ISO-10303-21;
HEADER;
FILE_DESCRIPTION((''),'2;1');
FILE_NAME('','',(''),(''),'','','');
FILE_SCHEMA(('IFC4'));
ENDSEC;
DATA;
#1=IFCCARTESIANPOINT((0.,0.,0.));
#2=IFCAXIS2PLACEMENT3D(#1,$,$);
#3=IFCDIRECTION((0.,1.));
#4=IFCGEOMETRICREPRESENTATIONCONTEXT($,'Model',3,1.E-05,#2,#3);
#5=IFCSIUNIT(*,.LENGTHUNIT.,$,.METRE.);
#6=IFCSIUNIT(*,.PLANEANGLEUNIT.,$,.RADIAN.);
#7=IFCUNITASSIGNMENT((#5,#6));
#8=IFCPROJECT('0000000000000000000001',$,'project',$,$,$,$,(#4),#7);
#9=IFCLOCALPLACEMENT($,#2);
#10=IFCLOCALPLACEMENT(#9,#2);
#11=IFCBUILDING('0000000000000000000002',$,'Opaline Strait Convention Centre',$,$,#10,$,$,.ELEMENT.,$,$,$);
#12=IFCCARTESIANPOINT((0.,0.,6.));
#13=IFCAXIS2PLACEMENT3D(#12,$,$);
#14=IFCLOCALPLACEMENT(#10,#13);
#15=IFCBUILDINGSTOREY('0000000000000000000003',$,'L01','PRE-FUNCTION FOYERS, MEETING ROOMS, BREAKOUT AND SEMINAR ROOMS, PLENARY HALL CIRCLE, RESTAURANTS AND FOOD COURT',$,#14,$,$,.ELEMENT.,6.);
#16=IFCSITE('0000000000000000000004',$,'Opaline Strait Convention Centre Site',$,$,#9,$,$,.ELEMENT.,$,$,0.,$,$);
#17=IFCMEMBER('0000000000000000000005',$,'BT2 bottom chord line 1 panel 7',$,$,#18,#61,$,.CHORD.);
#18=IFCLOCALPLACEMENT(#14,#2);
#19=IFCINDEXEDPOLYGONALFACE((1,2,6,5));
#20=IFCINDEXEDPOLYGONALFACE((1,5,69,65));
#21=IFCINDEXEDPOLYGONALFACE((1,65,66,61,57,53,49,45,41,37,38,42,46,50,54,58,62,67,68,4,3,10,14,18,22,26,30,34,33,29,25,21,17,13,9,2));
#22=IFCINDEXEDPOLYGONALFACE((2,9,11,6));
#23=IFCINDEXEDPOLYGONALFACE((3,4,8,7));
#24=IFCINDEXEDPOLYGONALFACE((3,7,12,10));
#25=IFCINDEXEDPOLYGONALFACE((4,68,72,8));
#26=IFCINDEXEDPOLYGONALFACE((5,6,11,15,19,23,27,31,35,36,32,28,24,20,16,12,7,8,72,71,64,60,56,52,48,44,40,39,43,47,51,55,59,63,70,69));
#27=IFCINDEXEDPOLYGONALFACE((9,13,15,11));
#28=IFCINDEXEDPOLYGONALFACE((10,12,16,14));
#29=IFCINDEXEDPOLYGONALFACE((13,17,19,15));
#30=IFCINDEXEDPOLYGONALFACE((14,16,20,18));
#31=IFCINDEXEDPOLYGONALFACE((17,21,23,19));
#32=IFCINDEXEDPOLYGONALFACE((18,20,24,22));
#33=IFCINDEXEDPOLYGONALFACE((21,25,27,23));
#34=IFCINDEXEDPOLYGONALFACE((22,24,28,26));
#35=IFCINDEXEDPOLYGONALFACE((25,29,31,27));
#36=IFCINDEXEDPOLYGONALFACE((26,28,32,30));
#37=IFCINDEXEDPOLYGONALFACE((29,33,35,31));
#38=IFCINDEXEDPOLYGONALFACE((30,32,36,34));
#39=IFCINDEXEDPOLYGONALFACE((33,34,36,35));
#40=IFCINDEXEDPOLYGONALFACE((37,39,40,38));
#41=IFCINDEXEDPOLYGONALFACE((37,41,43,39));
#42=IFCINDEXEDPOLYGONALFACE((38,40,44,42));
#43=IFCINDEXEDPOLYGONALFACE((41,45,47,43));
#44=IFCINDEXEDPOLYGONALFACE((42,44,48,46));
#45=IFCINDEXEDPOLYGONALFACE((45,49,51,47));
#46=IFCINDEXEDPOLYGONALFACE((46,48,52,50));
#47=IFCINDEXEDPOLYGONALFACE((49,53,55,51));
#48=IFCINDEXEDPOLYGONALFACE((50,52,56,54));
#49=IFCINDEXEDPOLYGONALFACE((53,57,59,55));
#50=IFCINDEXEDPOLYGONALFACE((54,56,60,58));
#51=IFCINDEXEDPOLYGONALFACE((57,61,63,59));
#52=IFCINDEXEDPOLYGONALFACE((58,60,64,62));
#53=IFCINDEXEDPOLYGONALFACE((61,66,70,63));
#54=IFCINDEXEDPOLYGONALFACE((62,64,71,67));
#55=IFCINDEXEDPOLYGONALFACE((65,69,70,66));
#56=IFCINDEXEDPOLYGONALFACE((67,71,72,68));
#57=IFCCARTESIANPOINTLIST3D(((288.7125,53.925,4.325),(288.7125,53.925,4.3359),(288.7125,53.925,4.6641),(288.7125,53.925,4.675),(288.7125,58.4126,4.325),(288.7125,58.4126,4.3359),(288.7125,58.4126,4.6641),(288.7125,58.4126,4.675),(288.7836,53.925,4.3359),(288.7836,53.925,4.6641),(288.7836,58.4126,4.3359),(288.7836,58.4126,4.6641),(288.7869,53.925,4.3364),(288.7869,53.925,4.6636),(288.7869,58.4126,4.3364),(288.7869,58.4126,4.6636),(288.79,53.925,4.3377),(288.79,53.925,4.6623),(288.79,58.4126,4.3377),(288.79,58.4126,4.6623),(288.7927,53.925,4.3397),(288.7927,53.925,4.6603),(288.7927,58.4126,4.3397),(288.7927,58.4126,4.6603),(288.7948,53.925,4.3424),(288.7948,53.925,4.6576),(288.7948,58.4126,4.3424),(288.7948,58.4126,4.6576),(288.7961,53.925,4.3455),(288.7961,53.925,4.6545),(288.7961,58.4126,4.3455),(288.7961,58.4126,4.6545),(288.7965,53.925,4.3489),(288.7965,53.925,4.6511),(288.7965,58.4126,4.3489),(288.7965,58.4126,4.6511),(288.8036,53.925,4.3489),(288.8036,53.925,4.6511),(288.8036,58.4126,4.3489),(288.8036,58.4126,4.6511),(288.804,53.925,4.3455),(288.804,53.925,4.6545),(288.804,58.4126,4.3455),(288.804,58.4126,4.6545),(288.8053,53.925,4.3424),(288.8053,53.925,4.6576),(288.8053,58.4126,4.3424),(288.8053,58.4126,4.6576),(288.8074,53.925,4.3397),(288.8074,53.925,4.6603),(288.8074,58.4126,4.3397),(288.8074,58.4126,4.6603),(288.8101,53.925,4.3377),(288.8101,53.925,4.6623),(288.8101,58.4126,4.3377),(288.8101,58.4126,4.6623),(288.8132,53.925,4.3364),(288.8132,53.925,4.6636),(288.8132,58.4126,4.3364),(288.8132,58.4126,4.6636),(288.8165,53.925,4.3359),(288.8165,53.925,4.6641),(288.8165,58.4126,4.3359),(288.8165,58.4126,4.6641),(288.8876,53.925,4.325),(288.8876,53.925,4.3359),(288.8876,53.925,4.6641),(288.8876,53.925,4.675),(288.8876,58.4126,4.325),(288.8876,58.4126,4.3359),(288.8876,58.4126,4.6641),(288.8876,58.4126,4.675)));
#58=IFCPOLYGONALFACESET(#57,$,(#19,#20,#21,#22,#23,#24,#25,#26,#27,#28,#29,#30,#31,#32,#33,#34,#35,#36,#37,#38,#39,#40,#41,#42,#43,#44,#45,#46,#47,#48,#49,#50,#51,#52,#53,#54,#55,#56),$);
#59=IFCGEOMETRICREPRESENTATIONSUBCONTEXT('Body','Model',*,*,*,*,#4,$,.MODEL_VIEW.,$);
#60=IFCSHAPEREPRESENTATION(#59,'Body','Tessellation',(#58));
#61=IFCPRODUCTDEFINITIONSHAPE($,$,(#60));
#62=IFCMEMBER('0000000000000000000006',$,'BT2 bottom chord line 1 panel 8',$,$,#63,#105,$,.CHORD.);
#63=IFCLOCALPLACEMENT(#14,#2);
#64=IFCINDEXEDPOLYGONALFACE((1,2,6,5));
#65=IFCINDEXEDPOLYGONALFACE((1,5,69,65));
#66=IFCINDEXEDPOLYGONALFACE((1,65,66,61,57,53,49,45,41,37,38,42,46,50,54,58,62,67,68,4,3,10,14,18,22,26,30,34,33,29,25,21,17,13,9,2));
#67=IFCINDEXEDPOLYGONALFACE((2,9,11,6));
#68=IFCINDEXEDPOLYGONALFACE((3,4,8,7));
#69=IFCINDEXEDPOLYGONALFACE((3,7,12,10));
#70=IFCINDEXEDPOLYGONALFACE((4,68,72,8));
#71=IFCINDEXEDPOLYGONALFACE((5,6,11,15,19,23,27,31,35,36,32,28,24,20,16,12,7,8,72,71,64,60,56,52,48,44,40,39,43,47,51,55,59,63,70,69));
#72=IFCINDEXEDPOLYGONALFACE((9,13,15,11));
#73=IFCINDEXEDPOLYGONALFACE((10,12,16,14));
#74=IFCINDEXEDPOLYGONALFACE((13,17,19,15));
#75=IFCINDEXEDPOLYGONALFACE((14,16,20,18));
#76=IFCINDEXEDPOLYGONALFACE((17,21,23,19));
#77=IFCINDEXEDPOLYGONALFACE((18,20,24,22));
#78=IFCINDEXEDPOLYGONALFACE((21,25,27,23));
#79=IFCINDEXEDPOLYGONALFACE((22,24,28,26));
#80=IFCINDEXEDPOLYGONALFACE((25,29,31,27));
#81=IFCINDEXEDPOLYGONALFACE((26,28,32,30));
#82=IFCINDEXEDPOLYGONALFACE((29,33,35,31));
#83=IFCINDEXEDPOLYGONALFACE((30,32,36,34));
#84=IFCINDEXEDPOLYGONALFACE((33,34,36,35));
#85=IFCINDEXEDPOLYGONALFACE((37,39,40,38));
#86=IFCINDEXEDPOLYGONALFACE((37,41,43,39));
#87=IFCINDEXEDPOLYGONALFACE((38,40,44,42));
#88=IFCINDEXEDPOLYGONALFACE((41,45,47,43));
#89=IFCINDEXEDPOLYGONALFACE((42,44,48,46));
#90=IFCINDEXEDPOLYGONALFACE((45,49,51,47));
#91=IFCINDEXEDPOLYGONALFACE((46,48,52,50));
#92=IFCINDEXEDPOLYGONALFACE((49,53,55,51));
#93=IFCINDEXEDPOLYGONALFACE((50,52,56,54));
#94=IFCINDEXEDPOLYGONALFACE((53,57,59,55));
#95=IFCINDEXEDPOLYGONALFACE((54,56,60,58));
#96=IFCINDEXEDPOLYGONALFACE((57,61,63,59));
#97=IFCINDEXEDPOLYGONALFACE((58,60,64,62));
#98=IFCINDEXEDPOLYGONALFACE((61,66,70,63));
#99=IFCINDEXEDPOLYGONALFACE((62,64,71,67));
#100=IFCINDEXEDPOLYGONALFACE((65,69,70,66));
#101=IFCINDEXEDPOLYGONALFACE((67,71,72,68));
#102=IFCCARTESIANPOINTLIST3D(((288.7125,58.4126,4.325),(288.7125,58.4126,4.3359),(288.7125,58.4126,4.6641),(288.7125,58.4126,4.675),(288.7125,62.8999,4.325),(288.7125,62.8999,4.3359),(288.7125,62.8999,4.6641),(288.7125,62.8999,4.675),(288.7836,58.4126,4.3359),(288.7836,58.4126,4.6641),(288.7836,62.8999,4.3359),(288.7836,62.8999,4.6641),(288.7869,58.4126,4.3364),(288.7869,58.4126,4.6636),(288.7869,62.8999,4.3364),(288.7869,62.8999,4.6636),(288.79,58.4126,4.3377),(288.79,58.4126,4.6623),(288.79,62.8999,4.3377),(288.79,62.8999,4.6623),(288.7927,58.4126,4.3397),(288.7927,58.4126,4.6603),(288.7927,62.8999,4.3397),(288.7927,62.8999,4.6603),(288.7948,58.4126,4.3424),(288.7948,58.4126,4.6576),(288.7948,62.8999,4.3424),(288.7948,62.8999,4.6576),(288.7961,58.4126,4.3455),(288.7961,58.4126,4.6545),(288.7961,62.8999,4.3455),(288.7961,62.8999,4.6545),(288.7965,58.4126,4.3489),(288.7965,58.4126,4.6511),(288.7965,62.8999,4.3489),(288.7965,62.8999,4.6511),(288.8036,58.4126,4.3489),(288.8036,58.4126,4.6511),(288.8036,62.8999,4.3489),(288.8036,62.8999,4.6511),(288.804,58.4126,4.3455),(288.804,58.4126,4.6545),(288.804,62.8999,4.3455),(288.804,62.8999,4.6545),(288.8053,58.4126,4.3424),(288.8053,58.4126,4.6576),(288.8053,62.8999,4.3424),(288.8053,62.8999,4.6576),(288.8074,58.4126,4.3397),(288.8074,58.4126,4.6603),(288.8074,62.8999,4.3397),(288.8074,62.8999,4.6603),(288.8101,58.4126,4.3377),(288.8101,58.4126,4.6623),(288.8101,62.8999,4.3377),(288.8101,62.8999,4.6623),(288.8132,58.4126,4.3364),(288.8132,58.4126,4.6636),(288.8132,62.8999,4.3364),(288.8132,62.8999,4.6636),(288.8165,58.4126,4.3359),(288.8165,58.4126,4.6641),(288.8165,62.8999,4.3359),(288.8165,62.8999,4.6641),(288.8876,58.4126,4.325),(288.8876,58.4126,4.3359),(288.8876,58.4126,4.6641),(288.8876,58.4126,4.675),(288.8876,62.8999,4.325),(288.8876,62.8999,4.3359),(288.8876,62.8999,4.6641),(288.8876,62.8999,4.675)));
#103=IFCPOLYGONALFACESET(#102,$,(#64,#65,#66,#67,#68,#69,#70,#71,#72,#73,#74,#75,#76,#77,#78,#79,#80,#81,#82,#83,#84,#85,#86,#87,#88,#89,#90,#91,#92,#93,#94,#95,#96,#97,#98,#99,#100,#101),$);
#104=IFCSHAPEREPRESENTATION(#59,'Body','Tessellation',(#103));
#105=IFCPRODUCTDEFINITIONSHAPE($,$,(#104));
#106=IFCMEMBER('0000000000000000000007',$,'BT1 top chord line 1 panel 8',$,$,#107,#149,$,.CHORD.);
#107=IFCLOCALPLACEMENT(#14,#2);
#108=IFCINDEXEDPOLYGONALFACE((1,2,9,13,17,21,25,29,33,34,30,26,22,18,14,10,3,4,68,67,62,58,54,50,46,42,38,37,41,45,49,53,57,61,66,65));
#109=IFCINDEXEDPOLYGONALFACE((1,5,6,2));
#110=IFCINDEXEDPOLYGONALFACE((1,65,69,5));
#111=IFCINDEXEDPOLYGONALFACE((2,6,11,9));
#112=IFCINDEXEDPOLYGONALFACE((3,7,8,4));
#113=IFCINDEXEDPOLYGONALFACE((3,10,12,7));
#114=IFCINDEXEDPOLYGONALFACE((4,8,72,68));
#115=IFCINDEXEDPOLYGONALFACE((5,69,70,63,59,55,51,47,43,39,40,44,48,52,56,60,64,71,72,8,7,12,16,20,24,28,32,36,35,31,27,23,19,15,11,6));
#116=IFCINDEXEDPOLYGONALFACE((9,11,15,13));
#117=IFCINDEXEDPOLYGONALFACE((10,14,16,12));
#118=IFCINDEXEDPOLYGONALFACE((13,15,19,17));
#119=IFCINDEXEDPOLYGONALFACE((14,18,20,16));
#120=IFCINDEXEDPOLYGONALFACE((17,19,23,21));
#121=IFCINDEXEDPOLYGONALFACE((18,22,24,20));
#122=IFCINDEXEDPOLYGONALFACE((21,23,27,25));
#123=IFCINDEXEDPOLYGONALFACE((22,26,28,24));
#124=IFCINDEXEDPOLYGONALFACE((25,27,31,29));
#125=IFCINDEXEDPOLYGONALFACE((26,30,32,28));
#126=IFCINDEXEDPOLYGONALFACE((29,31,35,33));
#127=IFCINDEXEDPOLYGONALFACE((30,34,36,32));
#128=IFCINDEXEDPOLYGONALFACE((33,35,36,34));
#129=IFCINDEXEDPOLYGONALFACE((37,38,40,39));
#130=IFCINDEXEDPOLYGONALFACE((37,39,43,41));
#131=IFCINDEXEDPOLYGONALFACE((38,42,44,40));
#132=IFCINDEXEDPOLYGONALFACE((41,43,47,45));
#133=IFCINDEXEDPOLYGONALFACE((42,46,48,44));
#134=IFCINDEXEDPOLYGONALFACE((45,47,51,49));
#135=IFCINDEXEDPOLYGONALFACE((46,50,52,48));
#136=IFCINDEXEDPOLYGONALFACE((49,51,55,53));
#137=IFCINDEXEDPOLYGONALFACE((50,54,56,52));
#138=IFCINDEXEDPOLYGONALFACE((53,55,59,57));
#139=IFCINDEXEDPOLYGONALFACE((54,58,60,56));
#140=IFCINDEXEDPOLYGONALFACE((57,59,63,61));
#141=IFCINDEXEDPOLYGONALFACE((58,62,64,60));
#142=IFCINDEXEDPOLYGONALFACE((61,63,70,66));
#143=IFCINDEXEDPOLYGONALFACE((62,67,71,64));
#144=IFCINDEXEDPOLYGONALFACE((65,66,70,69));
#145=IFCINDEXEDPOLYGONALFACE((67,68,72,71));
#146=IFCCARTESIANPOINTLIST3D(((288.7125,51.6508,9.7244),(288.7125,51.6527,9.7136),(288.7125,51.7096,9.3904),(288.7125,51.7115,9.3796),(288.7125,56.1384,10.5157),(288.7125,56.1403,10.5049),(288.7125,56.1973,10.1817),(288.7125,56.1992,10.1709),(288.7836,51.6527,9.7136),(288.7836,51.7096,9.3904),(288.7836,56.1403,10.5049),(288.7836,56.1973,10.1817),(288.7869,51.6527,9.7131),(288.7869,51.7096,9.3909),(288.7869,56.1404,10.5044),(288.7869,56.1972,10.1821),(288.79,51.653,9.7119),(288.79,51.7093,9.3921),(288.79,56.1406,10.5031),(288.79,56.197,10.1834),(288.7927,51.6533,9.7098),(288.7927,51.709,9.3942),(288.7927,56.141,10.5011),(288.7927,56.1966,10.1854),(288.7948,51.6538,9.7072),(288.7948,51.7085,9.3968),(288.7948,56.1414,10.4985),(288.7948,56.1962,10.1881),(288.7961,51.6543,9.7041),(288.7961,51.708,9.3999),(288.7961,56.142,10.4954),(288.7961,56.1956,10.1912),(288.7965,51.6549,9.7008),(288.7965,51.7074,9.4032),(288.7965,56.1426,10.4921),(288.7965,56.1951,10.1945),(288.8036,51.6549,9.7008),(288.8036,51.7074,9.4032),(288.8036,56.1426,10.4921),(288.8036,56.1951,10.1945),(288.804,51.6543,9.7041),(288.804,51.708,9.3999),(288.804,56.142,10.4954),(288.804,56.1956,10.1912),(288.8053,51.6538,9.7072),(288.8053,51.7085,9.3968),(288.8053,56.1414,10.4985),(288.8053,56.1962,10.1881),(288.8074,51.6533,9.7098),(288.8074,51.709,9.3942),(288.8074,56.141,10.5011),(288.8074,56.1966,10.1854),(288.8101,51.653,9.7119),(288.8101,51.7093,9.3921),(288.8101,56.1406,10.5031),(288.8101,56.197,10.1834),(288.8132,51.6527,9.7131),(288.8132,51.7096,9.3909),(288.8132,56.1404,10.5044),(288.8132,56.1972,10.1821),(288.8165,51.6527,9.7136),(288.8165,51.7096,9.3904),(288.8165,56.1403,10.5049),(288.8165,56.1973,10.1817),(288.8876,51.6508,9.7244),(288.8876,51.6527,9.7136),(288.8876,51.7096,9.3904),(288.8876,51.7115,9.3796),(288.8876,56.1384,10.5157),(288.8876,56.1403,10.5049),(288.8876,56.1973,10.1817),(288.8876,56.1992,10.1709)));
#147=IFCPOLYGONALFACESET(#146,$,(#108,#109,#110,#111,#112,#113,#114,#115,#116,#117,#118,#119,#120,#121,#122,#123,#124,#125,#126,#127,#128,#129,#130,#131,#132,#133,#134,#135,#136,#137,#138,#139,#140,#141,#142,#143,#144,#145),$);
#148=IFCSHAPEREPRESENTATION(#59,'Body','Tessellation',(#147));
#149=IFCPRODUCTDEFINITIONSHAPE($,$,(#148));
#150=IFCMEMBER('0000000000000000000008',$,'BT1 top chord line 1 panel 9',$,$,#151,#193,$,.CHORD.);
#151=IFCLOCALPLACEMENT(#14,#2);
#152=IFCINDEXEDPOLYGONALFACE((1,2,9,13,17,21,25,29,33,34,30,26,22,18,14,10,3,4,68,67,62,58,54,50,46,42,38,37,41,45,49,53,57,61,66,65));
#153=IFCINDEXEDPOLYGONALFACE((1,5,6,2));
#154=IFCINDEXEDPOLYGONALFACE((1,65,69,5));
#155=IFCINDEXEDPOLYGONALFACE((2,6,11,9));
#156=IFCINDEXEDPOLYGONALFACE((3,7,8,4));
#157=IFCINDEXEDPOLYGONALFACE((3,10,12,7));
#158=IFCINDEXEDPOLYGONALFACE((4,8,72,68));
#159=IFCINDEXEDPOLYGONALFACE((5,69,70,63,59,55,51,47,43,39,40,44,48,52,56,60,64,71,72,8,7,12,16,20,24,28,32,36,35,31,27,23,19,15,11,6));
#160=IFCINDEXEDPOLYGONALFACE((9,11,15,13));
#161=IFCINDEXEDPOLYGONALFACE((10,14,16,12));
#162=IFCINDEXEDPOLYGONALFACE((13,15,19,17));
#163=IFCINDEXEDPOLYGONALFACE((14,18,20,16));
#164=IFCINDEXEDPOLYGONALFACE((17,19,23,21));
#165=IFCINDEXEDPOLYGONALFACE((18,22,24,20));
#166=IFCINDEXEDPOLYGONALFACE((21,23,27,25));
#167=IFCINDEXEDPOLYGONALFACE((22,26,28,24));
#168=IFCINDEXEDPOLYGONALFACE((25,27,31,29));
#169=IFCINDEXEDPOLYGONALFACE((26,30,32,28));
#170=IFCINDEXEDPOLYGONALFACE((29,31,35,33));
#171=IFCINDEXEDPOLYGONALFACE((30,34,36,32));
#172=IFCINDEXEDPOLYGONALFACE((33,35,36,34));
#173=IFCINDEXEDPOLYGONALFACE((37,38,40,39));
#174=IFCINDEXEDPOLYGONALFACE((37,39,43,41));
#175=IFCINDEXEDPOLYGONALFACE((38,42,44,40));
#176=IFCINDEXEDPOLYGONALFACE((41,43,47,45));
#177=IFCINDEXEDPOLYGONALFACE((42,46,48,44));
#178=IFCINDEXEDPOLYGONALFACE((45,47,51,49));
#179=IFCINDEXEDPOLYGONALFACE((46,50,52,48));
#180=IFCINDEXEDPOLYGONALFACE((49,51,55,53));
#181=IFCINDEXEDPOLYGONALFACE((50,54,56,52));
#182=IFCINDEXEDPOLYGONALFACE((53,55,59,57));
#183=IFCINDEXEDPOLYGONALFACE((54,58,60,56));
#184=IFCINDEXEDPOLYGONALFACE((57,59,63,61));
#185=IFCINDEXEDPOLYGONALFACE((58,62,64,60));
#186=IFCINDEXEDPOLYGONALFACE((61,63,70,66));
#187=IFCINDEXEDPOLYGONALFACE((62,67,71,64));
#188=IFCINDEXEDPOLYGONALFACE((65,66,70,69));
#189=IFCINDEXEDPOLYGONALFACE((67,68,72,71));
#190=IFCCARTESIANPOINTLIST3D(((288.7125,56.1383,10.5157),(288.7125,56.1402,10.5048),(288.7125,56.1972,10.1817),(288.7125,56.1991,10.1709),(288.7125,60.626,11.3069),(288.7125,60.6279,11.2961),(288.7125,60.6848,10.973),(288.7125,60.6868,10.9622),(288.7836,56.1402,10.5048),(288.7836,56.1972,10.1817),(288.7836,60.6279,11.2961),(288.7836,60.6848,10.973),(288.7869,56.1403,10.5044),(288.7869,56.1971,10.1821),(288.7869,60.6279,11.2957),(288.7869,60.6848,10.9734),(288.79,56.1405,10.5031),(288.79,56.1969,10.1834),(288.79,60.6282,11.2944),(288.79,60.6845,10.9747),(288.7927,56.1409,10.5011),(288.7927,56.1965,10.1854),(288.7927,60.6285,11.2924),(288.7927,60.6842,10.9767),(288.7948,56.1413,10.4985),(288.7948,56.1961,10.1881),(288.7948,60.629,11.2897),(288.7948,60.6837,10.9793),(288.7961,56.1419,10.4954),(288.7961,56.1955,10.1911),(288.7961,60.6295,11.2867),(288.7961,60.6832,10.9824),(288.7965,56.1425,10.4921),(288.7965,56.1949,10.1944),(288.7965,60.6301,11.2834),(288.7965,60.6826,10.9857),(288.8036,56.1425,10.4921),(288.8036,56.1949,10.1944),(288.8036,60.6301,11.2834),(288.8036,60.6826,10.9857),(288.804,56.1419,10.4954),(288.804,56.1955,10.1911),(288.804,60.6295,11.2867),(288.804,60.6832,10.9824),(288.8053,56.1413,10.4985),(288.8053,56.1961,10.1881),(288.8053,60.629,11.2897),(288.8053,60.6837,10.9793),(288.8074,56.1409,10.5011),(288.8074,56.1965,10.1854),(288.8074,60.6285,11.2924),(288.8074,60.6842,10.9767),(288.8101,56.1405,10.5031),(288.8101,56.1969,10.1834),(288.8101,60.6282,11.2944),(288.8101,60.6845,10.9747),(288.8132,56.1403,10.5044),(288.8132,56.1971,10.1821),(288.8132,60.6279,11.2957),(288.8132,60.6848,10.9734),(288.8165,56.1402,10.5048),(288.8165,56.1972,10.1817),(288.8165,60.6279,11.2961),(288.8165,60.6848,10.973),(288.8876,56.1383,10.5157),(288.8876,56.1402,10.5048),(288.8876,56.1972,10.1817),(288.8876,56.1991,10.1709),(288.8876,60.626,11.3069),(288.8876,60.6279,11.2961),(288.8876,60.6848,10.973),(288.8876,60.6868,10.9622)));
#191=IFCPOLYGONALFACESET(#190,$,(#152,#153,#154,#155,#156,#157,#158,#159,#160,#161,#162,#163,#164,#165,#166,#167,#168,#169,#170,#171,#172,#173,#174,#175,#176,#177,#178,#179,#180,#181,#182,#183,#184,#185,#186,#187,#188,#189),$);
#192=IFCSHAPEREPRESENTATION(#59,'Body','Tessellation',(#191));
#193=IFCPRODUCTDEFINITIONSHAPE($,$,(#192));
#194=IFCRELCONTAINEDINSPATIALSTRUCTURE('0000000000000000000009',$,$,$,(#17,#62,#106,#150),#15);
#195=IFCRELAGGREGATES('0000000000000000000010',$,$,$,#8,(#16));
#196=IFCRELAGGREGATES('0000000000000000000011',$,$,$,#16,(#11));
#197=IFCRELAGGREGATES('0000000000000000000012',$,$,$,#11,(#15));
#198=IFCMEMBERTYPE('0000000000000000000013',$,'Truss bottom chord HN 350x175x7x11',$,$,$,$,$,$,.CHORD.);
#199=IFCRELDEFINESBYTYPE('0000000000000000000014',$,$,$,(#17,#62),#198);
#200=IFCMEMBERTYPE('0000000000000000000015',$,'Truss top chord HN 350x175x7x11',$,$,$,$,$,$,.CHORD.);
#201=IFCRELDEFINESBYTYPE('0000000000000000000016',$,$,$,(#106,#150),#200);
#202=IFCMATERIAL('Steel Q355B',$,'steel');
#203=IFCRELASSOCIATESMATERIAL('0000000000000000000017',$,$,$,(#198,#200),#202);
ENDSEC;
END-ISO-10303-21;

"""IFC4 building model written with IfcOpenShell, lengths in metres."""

from ifc_helpers import new_model, si_unit, direction, frame, origin, origin_2d, place, context, subcontext, project, spatial, i_section, extrude, material, material_profile, profile_set, type_object, element, save


model = new_model("IFC4")

# Units and contexts
model_context = context("Model", 3, precision=1e-05, world=origin(), true_north=direction((0.0, 1.0)))
body_context = subcontext(model_context, "Body", "Model", "MODEL_VIEW")
ifc_project = project(units=[si_unit("LENGTHUNIT", "METRE"), si_unit("PLANEANGLEUNIT", "RADIAN")], contexts=[model_context])

# Site, building, storey
site_placement = place(None, origin())
site = spatial("IfcSite", under=ifc_project, at=site_placement, Name="Opaline Strait Convention Centre Site", CompositionType="ELEMENT", RefElevation=0.0)
building_placement = place(site_placement, origin())
building = spatial("IfcBuilding", under=site, at=building_placement, Name="Opaline Strait Convention Centre", CompositionType="ELEMENT")
storey_placement = place(building_placement, frame((0.0, 0.0, 6.0)))
storey = spatial("IfcBuildingStorey", under=building, at=storey_placement, Name="L01", Description="PRE-FUNCTION FOYERS, MEETING ROOMS, BREAKOUT AND SEMINAR ROOMS, PLENARY HALL CIRCLE, RESTAURANTS AND FOOD COURT", CompositionType="ELEMENT", Elevation=6.0)

# Members
ifc_material_1 = material(Name="Steel Q355B", Category="steel")
ifc_material_profile_1 = material_profile(ifc_material_1, i_section(OverallWidth=0.175, OverallDepth=0.3501, WebThickness=0.0071, FlangeThickness=0.011, FilletRadius=0.0129, at=origin_2d()), Name="HN 350x175x7x11")
ifc_profile_set_1 = profile_set([ifc_material_profile_1], Name="Steel Q355B")
member_type_1 = type_object("IfcMemberType", Name="Truss bottom chord HN 350x175x7x11", PredefinedType="CHORD", material=ifc_profile_set_1)
member_1_placement = place(storey_placement, frame((288.8, 53.925, 4.5), z_axis=(0.0, 1.0, 0.0), x_axis=(-1.0, 0.0, 0.0)))
element("IfcMember", 1, at=member_1_placement, inside=storey, type_object=member_type_1, Name="BT2 bottom chord line 1 panel 7", PredefinedType="CHORD", context=body_context, shape_type="SweptSolid", body=[
    extrude(i_section(OverallWidth=0.175, OverallDepth=0.3501, WebThickness=0.0071, FlangeThickness=0.011, FilletRadius=0.0129, at=origin_2d()), origin(), (0.0, 0.0, 1.0), 4.4875),
])
member_2_placement = place(storey_placement, frame((288.8, 58.4126, 4.5), z_axis=(0.0, 1.0, 0.0), x_axis=(-1.0, 0.0, 0.0)))
element("IfcMember", 2, at=member_2_placement, inside=storey, type_object=member_type_1, Name="BT2 bottom chord line 1 panel 8", PredefinedType="CHORD", context=body_context, shape_type="SweptSolid", body=[
    extrude(i_section(OverallWidth=0.175, OverallDepth=0.3501, WebThickness=0.0071, FlangeThickness=0.011, FilletRadius=0.0129, at=origin_2d()), origin(), (0.0, 0.0, 1.0), 4.4873),
])
ifc_material_profile_2 = material_profile(ifc_material_1, i_section(OverallWidth=0.175, OverallDepth=0.3501, WebThickness=0.0071, FlangeThickness=0.011, FilletRadius=0.0129, at=origin_2d()), Name="HN 350x175x7x11")
ifc_profile_set_2 = profile_set([ifc_material_profile_2], Name="Steel Q355B")
member_type_2 = type_object("IfcMemberType", Name="Truss top chord HN 350x175x7x11", PredefinedType="CHORD", material=ifc_profile_set_2)
for number, where, z_axis, x_axis, name in (
    (3, (288.8, 51.6812, 9.552), (0.0, 0.984808, 0.173645), (-1.0, 0.0, 0.0), "BT1 top chord line 1 panel 8"),
    (4, (288.8, 56.1687, 10.3433), (0.0, 0.984808, 0.173645), (-1.0, 0.0, 0.0), "BT1 top chord line 1 panel 9"),
):
    element("IfcMember", number, at=place(storey_placement, frame(where, z_axis=z_axis, x_axis=x_axis)), inside=storey, type_object=member_type_2, Name=name, PredefinedType="CHORD", context=body_context, shape_type="SweptSolid", body=[
        extrude(i_section(OverallWidth=0.175, OverallDepth=0.3501, WebThickness=0.0071, FlangeThickness=0.011, FilletRadius=0.0129, at=origin_2d()), origin(), (0.0, 0.0, 1.0), 4.5569),
    ])

save(model, "model.ifc")
